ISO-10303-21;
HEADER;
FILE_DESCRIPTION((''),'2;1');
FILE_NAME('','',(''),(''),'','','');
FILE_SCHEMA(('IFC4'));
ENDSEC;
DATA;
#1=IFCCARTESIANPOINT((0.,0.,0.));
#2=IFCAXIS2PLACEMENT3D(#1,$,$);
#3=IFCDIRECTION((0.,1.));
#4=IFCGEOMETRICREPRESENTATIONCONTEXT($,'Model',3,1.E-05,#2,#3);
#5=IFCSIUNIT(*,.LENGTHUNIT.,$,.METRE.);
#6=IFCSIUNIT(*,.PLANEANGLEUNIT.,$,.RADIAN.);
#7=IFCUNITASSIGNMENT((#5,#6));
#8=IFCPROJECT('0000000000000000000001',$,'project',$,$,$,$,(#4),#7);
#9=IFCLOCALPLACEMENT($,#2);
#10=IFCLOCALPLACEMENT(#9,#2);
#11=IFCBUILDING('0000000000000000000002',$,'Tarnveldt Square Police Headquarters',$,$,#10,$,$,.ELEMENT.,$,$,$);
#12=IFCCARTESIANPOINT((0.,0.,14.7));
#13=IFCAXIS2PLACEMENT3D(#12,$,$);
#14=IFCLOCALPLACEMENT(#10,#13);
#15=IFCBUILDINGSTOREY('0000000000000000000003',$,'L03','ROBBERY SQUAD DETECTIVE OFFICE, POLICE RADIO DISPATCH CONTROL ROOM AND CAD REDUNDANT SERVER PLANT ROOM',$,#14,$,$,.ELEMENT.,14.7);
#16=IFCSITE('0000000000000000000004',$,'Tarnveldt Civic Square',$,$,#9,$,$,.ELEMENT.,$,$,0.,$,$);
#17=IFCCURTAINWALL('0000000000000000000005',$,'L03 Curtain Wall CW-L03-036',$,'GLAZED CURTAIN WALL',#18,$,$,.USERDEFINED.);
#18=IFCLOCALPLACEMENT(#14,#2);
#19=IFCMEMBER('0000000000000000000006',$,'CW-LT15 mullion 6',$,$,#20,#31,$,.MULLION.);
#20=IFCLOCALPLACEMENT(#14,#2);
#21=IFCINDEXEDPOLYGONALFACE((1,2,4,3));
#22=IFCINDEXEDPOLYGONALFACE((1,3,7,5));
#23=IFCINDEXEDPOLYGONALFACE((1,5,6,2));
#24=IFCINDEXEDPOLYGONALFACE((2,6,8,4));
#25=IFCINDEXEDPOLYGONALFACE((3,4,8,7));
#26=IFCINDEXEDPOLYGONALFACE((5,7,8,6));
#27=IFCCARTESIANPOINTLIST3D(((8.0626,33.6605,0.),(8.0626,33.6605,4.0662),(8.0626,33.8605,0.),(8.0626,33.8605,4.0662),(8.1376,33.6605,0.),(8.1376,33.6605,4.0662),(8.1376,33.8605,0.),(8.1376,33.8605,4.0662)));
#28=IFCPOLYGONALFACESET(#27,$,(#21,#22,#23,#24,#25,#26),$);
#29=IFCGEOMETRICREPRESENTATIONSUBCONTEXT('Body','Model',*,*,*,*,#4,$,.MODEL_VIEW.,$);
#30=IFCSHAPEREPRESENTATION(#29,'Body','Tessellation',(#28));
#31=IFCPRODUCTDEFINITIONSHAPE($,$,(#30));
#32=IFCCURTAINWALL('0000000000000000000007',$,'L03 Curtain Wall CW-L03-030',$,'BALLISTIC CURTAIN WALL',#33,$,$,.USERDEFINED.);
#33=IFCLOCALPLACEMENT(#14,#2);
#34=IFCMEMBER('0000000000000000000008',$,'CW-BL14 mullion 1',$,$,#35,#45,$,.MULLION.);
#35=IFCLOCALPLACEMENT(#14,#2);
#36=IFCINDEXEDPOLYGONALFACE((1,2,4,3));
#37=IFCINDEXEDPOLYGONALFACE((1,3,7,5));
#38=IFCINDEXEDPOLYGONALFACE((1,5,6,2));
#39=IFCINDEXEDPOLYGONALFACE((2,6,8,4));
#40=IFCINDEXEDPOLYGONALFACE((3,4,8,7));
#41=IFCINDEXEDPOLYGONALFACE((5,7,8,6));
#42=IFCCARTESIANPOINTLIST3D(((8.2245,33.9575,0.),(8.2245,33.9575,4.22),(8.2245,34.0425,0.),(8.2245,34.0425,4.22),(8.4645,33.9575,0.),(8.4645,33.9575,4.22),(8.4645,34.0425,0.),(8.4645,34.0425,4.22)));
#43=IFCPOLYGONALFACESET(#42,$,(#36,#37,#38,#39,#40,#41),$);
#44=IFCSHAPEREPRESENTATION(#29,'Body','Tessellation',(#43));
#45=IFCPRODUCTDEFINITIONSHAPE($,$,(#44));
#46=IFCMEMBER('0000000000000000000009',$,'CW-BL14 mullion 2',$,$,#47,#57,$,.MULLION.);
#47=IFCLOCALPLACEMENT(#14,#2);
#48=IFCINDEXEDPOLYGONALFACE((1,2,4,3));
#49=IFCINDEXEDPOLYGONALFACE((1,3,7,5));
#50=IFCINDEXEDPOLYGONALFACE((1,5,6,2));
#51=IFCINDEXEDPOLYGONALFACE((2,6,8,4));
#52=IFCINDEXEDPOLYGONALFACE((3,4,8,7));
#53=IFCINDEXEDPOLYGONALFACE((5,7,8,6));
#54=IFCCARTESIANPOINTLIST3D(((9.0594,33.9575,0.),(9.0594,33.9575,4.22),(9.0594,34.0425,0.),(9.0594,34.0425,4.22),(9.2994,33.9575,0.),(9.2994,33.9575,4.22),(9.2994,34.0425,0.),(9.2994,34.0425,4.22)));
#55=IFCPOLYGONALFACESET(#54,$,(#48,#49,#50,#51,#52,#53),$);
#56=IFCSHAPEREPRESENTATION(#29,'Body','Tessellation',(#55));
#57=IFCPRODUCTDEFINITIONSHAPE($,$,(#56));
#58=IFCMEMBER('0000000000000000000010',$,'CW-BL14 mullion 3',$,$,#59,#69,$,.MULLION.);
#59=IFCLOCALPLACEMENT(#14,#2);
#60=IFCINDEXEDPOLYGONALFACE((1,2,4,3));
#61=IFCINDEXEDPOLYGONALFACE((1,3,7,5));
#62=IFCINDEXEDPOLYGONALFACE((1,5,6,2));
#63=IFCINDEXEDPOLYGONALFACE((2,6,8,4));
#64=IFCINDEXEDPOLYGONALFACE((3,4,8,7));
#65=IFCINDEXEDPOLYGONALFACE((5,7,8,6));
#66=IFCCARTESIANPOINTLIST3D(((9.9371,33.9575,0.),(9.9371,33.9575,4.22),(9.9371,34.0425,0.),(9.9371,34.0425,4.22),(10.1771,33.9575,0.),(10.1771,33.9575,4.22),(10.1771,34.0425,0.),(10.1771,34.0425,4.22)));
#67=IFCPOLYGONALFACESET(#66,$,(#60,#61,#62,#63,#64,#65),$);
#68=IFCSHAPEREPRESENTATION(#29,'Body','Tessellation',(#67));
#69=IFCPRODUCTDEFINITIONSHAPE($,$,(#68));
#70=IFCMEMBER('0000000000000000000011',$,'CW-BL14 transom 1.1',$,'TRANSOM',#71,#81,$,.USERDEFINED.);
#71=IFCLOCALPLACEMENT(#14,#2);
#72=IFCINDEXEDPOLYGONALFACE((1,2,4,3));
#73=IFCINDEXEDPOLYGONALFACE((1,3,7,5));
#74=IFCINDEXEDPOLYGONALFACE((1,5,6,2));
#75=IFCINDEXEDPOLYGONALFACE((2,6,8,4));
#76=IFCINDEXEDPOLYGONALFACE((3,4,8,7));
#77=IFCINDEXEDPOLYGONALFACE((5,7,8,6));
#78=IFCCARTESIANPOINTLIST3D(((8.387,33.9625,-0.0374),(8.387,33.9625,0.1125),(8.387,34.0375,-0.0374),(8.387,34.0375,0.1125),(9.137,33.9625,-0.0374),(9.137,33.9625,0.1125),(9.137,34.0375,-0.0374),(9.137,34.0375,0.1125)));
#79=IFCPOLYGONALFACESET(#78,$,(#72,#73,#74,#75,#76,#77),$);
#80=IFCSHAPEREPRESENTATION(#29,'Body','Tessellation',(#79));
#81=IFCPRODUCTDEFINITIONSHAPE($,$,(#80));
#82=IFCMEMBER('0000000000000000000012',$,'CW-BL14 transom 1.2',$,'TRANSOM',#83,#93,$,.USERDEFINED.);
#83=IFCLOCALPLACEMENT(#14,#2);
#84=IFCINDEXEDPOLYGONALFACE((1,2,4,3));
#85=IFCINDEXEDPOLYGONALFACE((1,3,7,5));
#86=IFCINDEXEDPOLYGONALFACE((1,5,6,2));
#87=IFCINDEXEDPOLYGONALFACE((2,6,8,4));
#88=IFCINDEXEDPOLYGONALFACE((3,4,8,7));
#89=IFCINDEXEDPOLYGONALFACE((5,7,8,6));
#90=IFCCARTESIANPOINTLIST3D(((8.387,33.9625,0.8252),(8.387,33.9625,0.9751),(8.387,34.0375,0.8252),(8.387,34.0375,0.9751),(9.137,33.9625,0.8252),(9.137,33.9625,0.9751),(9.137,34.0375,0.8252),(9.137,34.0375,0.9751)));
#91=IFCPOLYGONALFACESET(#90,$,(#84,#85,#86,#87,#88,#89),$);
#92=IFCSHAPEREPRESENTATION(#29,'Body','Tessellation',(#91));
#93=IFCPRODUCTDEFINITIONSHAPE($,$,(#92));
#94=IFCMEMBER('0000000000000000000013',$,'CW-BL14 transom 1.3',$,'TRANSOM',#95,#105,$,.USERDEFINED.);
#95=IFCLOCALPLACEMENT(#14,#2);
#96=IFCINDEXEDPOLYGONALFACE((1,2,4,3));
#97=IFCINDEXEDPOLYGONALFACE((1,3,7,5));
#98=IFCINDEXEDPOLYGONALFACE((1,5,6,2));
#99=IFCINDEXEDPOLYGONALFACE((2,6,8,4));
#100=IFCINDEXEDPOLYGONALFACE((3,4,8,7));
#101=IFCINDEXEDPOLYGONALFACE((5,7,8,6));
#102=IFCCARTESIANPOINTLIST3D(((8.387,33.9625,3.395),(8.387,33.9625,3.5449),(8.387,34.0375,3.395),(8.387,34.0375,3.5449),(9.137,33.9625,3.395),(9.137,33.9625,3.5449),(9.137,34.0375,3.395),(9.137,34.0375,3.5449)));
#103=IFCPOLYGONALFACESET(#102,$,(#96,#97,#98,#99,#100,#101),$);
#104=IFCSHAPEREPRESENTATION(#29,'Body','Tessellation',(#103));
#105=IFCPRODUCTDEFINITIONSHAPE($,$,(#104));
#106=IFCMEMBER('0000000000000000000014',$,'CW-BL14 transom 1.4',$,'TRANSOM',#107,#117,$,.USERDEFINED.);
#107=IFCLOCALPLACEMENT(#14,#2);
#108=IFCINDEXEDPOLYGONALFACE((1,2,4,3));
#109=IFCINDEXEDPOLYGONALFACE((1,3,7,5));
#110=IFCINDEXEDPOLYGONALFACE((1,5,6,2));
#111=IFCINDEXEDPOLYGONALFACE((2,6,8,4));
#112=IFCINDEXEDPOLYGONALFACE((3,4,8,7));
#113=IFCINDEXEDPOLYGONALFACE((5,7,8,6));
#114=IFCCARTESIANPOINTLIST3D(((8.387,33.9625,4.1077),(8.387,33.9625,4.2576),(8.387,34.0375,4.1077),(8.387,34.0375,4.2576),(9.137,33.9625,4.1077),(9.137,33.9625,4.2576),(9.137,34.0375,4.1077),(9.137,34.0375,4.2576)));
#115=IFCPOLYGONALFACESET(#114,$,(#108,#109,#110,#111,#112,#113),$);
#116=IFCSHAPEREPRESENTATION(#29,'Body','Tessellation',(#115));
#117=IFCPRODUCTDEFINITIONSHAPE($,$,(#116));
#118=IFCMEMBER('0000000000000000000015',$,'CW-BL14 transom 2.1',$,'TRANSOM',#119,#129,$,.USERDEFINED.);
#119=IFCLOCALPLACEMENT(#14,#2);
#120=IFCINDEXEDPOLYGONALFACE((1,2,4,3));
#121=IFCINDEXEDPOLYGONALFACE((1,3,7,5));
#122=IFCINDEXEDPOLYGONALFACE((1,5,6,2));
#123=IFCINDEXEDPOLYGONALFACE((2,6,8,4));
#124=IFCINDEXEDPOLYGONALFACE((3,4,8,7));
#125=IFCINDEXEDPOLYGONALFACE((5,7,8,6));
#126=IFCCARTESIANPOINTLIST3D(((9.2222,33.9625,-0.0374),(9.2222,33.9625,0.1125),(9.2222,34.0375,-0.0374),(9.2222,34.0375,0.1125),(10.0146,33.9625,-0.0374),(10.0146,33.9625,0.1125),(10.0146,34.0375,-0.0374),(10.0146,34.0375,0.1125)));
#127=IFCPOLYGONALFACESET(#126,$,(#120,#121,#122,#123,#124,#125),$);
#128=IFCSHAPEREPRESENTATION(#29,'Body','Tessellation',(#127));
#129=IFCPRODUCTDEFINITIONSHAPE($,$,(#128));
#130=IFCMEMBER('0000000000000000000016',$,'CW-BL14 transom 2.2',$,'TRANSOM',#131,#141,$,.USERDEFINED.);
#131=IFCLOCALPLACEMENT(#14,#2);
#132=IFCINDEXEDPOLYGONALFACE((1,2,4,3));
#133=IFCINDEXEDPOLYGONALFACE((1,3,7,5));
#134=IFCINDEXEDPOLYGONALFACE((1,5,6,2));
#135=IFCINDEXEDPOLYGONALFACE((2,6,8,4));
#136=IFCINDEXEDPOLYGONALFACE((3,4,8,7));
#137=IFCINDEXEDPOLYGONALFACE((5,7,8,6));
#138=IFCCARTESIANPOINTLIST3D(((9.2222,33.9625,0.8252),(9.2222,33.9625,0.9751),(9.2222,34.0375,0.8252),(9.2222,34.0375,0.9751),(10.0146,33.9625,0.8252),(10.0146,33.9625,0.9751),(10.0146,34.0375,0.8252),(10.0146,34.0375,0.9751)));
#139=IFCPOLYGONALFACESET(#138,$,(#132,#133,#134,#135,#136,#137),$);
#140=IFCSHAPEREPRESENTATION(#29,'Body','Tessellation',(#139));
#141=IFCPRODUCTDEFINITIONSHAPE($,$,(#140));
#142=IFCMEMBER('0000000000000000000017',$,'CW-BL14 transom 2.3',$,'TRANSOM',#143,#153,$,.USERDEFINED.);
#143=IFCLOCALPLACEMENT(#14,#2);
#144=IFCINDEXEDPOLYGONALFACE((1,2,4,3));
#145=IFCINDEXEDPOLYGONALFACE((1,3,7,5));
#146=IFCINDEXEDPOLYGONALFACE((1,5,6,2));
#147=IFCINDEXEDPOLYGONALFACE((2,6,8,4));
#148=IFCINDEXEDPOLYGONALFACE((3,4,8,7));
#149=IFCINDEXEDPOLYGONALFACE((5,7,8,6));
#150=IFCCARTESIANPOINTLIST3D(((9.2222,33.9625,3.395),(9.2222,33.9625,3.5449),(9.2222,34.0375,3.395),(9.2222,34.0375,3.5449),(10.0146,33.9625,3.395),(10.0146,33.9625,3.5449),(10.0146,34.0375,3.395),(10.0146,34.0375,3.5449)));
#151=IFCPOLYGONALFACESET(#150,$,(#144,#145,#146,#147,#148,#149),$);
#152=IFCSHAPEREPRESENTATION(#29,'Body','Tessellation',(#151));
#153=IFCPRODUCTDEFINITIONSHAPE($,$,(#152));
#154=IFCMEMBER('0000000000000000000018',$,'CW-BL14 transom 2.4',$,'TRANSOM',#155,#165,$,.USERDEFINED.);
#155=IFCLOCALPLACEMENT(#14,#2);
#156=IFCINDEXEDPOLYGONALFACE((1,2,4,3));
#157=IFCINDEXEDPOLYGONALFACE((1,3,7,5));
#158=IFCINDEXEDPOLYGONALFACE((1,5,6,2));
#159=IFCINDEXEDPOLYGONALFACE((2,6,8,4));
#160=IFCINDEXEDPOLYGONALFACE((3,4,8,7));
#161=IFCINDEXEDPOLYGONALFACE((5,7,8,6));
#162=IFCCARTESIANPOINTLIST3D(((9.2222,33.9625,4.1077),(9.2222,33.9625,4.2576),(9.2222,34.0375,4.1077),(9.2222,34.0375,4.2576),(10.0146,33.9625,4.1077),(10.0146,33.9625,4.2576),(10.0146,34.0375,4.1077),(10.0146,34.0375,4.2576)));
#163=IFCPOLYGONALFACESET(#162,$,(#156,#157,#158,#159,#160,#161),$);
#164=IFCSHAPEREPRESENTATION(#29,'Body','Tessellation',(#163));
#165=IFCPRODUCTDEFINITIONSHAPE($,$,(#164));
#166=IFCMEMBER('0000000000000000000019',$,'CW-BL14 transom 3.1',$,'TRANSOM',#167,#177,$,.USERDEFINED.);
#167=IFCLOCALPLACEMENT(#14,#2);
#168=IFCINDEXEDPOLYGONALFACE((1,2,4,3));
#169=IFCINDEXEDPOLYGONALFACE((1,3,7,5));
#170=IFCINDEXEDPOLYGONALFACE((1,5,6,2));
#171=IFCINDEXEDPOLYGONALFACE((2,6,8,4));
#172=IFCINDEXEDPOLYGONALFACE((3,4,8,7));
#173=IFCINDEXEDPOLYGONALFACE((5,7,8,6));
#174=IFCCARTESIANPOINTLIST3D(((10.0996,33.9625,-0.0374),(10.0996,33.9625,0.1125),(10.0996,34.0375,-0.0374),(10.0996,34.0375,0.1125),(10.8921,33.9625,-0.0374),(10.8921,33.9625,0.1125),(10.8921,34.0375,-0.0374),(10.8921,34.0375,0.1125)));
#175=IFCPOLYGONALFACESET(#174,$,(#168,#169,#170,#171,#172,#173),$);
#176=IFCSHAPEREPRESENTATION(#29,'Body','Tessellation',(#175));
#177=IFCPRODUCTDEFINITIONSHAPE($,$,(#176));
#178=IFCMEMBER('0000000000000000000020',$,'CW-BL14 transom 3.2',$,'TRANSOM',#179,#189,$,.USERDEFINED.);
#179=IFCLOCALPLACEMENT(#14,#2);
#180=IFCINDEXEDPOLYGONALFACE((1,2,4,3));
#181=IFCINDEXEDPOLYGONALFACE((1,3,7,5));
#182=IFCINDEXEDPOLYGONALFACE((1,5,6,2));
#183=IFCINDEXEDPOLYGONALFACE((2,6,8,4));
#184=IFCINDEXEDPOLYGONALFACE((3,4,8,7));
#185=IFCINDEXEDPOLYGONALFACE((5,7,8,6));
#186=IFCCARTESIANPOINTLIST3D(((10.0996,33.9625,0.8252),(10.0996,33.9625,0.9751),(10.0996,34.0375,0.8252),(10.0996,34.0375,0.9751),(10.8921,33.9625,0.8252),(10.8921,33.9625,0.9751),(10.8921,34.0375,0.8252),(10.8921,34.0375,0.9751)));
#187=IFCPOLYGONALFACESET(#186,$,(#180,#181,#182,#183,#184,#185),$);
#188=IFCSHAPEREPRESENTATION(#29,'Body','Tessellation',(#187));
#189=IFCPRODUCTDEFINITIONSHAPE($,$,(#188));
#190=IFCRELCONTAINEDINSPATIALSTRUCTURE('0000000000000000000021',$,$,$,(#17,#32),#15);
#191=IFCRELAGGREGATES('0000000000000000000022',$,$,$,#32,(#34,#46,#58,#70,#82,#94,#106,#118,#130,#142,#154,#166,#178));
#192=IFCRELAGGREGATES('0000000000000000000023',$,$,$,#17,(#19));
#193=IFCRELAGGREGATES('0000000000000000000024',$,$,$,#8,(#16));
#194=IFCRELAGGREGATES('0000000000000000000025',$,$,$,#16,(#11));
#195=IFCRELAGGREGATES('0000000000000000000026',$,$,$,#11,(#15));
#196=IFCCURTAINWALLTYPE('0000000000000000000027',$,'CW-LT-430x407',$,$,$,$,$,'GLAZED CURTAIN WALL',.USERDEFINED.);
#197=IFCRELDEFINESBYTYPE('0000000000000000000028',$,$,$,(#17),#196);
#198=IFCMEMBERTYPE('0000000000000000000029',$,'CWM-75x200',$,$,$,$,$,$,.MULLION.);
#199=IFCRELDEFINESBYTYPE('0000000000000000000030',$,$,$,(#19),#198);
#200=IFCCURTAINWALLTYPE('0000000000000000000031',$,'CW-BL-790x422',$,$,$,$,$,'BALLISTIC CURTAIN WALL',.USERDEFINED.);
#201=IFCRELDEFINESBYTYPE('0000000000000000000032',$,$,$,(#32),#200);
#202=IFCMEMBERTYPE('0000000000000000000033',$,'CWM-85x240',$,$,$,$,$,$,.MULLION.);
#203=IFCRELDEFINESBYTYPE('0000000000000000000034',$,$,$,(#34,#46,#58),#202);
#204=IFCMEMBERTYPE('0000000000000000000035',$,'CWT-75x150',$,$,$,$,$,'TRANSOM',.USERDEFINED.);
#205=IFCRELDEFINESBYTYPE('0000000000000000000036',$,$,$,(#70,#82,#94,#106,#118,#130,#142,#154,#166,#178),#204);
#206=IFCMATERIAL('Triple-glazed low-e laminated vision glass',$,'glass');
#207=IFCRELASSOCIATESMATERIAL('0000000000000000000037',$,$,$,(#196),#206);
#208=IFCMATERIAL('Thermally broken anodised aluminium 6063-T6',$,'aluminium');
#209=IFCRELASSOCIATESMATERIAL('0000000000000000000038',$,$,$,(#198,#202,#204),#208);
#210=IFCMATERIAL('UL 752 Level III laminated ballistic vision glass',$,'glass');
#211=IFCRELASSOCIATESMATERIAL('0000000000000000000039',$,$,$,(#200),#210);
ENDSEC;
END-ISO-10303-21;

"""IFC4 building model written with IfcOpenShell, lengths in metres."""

from ifc_helpers import new_model, si_unit, direction, frame, origin, origin_2d, place, context, subcontext, project, spatial, rectangle, extrude, material, material_profile, profile_set, type_object, element, aggregate, save


model = new_model("IFC4")

# Units and contexts
model_context = context("Model", 3, precision=1e-05, world=origin(), true_north=direction((0.0, 1.0)))
body_context = subcontext(model_context, "Body", "Model", "MODEL_VIEW")
ifc_project = project(units=[si_unit("LENGTHUNIT", "METRE"), si_unit("PLANEANGLEUNIT", "RADIAN")], contexts=[model_context])

# Site, building, storey
site_placement = place(None, origin())
site = spatial("IfcSite", under=ifc_project, at=site_placement, Name="Tarnveldt Civic Square", CompositionType="ELEMENT", RefElevation=0.0)
building_placement = place(site_placement, origin())
building = spatial("IfcBuilding", under=site, at=building_placement, Name="Tarnveldt Square Police Headquarters", CompositionType="ELEMENT")
storey_placement = place(building_placement, frame((0.0, 0.0, 14.7)))
storey = spatial("IfcBuildingStorey", under=building, at=storey_placement, Name="L03", Description="ROBBERY SQUAD DETECTIVE OFFICE, POLICE RADIO DISPATCH CONTROL ROOM AND CAD REDUNDANT SERVER PLANT ROOM", CompositionType="ELEMENT", Elevation=14.7)

# Curtain wall, member
ifc_material_1 = material(Name="Triple-glazed low-e laminated vision glass", Category="glass")
curtain_wall_type_1 = type_object("IfcCurtainWallType", Name="CW-LT-430x407", ElementType="GLAZED CURTAIN WALL", PredefinedType="USERDEFINED", material=ifc_material_1)
curtain_wall_1_placement = place(storey_placement, origin())
curtain_wall_1 = element("IfcCurtainWall", 1, at=curtain_wall_1_placement, inside=storey, type_object=curtain_wall_type_1, Name="L03 Curtain Wall CW-L03-036", ObjectType="GLAZED CURTAIN WALL", PredefinedType="USERDEFINED")
ifc_material_2 = material(Name="Thermally broken anodised aluminium 6063-T6", Category="aluminium")
ifc_material_profile_1 = material_profile(ifc_material_2, rectangle(XDim=0.075, YDim=0.2, at=origin_2d()), Name="CW-M75x200")
ifc_profile_set_1 = profile_set([ifc_material_profile_1], Name="Thermally broken anodised aluminium 6063-T6")
member_type_1 = type_object("IfcMemberType", Name="CWM-75x200", PredefinedType="MULLION", material=ifc_profile_set_1)
member_1_placement = place(storey_placement, frame((8.1001, 33.7605, 0.0), z_axis=(0.0, 0.0, 1.0), x_axis=(-1.0, 0.0, 0.0)))
member_1 = element("IfcMember", 2, at=member_1_placement, type_object=member_type_1, Name="CW-LT15 mullion 6", PredefinedType="MULLION", context=body_context, shape_type="SweptSolid", body=[
    extrude(rectangle(XDim=0.075, YDim=0.2, at=origin_2d()), origin(), (0.0, 0.0, 1.0), 4.0662),
])

# Curtain wall, members
ifc_material_3 = material(Name="UL 752 Level III laminated ballistic vision glass", Category="glass")
curtain_wall_type_2 = type_object("IfcCurtainWallType", Name="CW-BL-790x422", ElementType="BALLISTIC CURTAIN WALL", PredefinedType="USERDEFINED", material=ifc_material_3)
curtain_wall_2_placement = place(storey_placement, origin())
curtain_wall_2 = element("IfcCurtainWall", 3, at=curtain_wall_2_placement, inside=storey, type_object=curtain_wall_type_2, Name="L03 Curtain Wall CW-L03-030", ObjectType="BALLISTIC CURTAIN WALL", PredefinedType="USERDEFINED")
ifc_material_profile_2 = material_profile(ifc_material_2, rectangle(XDim=0.085, YDim=0.24, at=origin_2d()), Name="CW-M85x240")
ifc_profile_set_2 = profile_set([ifc_material_profile_2], Name="Thermally broken anodised aluminium 6063-T6")
member_type_2 = type_object("IfcMemberType", Name="CWM-85x240", PredefinedType="MULLION", material=ifc_profile_set_2)
member_2_placement = place(storey_placement, frame((8.3445, 34.0, 0.0), z_axis=(0.0, 0.0, 1.0), x_axis=(0.0, 1.0, 0.0)))
member_2 = element("IfcMember", 4, at=member_2_placement, type_object=member_type_2, Name="CW-BL14 mullion 1", PredefinedType="MULLION", context=body_context, shape_type="SweptSolid", body=[
    extrude(rectangle(XDim=0.085, YDim=0.24, at=origin_2d()), origin(), (0.0, 0.0, 1.0), 4.22),
])
member_3_placement = place(storey_placement, frame((9.1794, 34.0, 0.0), z_axis=(0.0, 0.0, 1.0), x_axis=(0.0, 1.0, 0.0)))
member_3 = element("IfcMember", 5, at=member_3_placement, type_object=member_type_2, Name="CW-BL14 mullion 2", PredefinedType="MULLION", context=body_context, shape_type="SweptSolid", body=[
    extrude(rectangle(XDim=0.085, YDim=0.24, at=origin_2d()), origin(), (0.0, 0.0, 1.0), 4.22),
])
member_4_placement = place(storey_placement, frame((10.0571, 34.0, 0.0), z_axis=(0.0, 0.0, 1.0), x_axis=(0.0, 1.0, 0.0)))
member_4 = element("IfcMember", 6, at=member_4_placement, type_object=member_type_2, Name="CW-BL14 mullion 3", PredefinedType="MULLION", context=body_context, shape_type="SweptSolid", body=[
    extrude(rectangle(XDim=0.085, YDim=0.24, at=origin_2d()), origin(), (0.0, 0.0, 1.0), 4.22),
])
ifc_material_profile_3 = material_profile(ifc_material_2, rectangle(XDim=0.075, YDim=0.1499, at=origin_2d()), Name="CW-T75x150")
ifc_profile_set_3 = profile_set([ifc_material_profile_3], Name="Thermally broken anodised aluminium 6063-T6")
member_type_3 = type_object("IfcMemberType", Name="CWT-75x150", ElementType="TRANSOM", PredefinedType="USERDEFINED", material=ifc_profile_set_3)
member_5_placement = place(storey_placement, frame((8.387, 34.0, 0.0376), z_axis=(1.0, 0.0, 0.0), x_axis=(0.0, 1.0, 0.0)))
member_5 = element("IfcMember", 7, at=member_5_placement, type_object=member_type_3, Name="CW-BL14 transom 1.1", ObjectType="TRANSOM", PredefinedType="USERDEFINED", context=body_context, shape_type="SweptSolid", body=[
    extrude(rectangle(XDim=0.075, YDim=0.1499, at=origin_2d()), origin(), (0.0, 0.0, 1.0), 0.75),
])
member_6_placement = place(storey_placement, frame((8.387, 34.0, 0.9001), z_axis=(1.0, 0.0, 0.0), x_axis=(0.0, 1.0, 0.0)))
member_6 = element("IfcMember", 8, at=member_6_placement, type_object=member_type_3, Name="CW-BL14 transom 1.2", ObjectType="TRANSOM", PredefinedType="USERDEFINED", context=body_context, shape_type="SweptSolid", body=[
    extrude(rectangle(XDim=0.075, YDim=0.1499, at=origin_2d()), origin(), (0.0, 0.0, 1.0), 0.75),
])
member_7_placement = place(storey_placement, frame((8.387, 34.0, 3.47), z_axis=(1.0, 0.0, 0.0), x_axis=(0.0, 1.0, 0.0)))
member_7 = element("IfcMember", 9, at=member_7_placement, type_object=member_type_3, Name="CW-BL14 transom 1.3", ObjectType="TRANSOM", PredefinedType="USERDEFINED", context=body_context, shape_type="SweptSolid", body=[
    extrude(rectangle(XDim=0.075, YDim=0.1499, at=origin_2d()), origin(), (0.0, 0.0, 1.0), 0.75),
])
member_8_placement = place(storey_placement, frame((8.387, 34.0, 4.1826), z_axis=(1.0, 0.0, 0.0), x_axis=(0.0, 1.0, 0.0)))
member_8 = element("IfcMember", 10, at=member_8_placement, type_object=member_type_3, Name="CW-BL14 transom 1.4", ObjectType="TRANSOM", PredefinedType="USERDEFINED", context=body_context, shape_type="SweptSolid", body=[
    extrude(rectangle(XDim=0.075, YDim=0.1499, at=origin_2d()), origin(), (0.0, 0.0, 1.0), 0.75),
])
member_9_placement = place(storey_placement, frame((9.2222, 34.0, 0.0376), z_axis=(1.0, 0.0, 0.0), x_axis=(0.0, 1.0, 0.0)))
member_9 = element("IfcMember", 11, at=member_9_placement, type_object=member_type_3, Name="CW-BL14 transom 2.1", ObjectType="TRANSOM", PredefinedType="USERDEFINED", context=body_context, shape_type="SweptSolid", body=[
    extrude(rectangle(XDim=0.075, YDim=0.1499, at=origin_2d()), origin(), (0.0, 0.0, 1.0), 0.7925),
])
member_10_placement = place(storey_placement, frame((9.2222, 34.0, 0.9001), z_axis=(1.0, 0.0, 0.0), x_axis=(0.0, 1.0, 0.0)))
member_10 = element("IfcMember", 12, at=member_10_placement, type_object=member_type_3, Name="CW-BL14 transom 2.2", ObjectType="TRANSOM", PredefinedType="USERDEFINED", context=body_context, shape_type="SweptSolid", body=[
    extrude(rectangle(XDim=0.075, YDim=0.1499, at=origin_2d()), origin(), (0.0, 0.0, 1.0), 0.7925),
])
member_11_placement = place(storey_placement, frame((9.2222, 34.0, 3.47), z_axis=(1.0, 0.0, 0.0), x_axis=(0.0, 1.0, 0.0)))
member_11 = element("IfcMember", 13, at=member_11_placement, type_object=member_type_3, Name="CW-BL14 transom 2.3", ObjectType="TRANSOM", PredefinedType="USERDEFINED", context=body_context, shape_type="SweptSolid", body=[
    extrude(rectangle(XDim=0.075, YDim=0.1499, at=origin_2d()), origin(), (0.0, 0.0, 1.0), 0.7925),
])
member_12_placement = place(storey_placement, frame((9.2222, 34.0, 4.1826), z_axis=(1.0, 0.0, 0.0), x_axis=(0.0, 1.0, 0.0)))
member_12 = element("IfcMember", 14, at=member_12_placement, type_object=member_type_3, Name="CW-BL14 transom 2.4", ObjectType="TRANSOM", PredefinedType="USERDEFINED", context=body_context, shape_type="SweptSolid", body=[
    extrude(rectangle(XDim=0.075, YDim=0.1499, at=origin_2d()), origin(), (0.0, 0.0, 1.0), 0.7925),
])
member_13_placement = place(storey_placement, frame((10.0996, 34.0, 0.0376), z_axis=(1.0, 0.0, 0.0), x_axis=(0.0, 1.0, 0.0)))
member_13 = element("IfcMember", 15, at=member_13_placement, type_object=member_type_3, Name="CW-BL14 transom 3.1", ObjectType="TRANSOM", PredefinedType="USERDEFINED", context=body_context, shape_type="SweptSolid", body=[
    extrude(rectangle(XDim=0.075, YDim=0.1499, at=origin_2d()), origin(), (0.0, 0.0, 1.0), 0.7925),
])
member_14_placement = place(storey_placement, frame((10.0996, 34.0, 0.9001), z_axis=(1.0, 0.0, 0.0), x_axis=(0.0, 1.0, 0.0)))
member_14 = element("IfcMember", 16, at=member_14_placement, type_object=member_type_3, Name="CW-BL14 transom 3.2", ObjectType="TRANSOM", PredefinedType="USERDEFINED", context=body_context, shape_type="SweptSolid", body=[
    extrude(rectangle(XDim=0.075, YDim=0.1499, at=origin_2d()), origin(), (0.0, 0.0, 1.0), 0.7925),
])

aggregate(curtain_wall_2, [member_2, member_3, member_4, member_5, member_6, member_7, member_8, member_9, member_10, member_11, member_12, member_13, member_14])
aggregate(curtain_wall_1, [member_1])

save(model, "model.ifc")
